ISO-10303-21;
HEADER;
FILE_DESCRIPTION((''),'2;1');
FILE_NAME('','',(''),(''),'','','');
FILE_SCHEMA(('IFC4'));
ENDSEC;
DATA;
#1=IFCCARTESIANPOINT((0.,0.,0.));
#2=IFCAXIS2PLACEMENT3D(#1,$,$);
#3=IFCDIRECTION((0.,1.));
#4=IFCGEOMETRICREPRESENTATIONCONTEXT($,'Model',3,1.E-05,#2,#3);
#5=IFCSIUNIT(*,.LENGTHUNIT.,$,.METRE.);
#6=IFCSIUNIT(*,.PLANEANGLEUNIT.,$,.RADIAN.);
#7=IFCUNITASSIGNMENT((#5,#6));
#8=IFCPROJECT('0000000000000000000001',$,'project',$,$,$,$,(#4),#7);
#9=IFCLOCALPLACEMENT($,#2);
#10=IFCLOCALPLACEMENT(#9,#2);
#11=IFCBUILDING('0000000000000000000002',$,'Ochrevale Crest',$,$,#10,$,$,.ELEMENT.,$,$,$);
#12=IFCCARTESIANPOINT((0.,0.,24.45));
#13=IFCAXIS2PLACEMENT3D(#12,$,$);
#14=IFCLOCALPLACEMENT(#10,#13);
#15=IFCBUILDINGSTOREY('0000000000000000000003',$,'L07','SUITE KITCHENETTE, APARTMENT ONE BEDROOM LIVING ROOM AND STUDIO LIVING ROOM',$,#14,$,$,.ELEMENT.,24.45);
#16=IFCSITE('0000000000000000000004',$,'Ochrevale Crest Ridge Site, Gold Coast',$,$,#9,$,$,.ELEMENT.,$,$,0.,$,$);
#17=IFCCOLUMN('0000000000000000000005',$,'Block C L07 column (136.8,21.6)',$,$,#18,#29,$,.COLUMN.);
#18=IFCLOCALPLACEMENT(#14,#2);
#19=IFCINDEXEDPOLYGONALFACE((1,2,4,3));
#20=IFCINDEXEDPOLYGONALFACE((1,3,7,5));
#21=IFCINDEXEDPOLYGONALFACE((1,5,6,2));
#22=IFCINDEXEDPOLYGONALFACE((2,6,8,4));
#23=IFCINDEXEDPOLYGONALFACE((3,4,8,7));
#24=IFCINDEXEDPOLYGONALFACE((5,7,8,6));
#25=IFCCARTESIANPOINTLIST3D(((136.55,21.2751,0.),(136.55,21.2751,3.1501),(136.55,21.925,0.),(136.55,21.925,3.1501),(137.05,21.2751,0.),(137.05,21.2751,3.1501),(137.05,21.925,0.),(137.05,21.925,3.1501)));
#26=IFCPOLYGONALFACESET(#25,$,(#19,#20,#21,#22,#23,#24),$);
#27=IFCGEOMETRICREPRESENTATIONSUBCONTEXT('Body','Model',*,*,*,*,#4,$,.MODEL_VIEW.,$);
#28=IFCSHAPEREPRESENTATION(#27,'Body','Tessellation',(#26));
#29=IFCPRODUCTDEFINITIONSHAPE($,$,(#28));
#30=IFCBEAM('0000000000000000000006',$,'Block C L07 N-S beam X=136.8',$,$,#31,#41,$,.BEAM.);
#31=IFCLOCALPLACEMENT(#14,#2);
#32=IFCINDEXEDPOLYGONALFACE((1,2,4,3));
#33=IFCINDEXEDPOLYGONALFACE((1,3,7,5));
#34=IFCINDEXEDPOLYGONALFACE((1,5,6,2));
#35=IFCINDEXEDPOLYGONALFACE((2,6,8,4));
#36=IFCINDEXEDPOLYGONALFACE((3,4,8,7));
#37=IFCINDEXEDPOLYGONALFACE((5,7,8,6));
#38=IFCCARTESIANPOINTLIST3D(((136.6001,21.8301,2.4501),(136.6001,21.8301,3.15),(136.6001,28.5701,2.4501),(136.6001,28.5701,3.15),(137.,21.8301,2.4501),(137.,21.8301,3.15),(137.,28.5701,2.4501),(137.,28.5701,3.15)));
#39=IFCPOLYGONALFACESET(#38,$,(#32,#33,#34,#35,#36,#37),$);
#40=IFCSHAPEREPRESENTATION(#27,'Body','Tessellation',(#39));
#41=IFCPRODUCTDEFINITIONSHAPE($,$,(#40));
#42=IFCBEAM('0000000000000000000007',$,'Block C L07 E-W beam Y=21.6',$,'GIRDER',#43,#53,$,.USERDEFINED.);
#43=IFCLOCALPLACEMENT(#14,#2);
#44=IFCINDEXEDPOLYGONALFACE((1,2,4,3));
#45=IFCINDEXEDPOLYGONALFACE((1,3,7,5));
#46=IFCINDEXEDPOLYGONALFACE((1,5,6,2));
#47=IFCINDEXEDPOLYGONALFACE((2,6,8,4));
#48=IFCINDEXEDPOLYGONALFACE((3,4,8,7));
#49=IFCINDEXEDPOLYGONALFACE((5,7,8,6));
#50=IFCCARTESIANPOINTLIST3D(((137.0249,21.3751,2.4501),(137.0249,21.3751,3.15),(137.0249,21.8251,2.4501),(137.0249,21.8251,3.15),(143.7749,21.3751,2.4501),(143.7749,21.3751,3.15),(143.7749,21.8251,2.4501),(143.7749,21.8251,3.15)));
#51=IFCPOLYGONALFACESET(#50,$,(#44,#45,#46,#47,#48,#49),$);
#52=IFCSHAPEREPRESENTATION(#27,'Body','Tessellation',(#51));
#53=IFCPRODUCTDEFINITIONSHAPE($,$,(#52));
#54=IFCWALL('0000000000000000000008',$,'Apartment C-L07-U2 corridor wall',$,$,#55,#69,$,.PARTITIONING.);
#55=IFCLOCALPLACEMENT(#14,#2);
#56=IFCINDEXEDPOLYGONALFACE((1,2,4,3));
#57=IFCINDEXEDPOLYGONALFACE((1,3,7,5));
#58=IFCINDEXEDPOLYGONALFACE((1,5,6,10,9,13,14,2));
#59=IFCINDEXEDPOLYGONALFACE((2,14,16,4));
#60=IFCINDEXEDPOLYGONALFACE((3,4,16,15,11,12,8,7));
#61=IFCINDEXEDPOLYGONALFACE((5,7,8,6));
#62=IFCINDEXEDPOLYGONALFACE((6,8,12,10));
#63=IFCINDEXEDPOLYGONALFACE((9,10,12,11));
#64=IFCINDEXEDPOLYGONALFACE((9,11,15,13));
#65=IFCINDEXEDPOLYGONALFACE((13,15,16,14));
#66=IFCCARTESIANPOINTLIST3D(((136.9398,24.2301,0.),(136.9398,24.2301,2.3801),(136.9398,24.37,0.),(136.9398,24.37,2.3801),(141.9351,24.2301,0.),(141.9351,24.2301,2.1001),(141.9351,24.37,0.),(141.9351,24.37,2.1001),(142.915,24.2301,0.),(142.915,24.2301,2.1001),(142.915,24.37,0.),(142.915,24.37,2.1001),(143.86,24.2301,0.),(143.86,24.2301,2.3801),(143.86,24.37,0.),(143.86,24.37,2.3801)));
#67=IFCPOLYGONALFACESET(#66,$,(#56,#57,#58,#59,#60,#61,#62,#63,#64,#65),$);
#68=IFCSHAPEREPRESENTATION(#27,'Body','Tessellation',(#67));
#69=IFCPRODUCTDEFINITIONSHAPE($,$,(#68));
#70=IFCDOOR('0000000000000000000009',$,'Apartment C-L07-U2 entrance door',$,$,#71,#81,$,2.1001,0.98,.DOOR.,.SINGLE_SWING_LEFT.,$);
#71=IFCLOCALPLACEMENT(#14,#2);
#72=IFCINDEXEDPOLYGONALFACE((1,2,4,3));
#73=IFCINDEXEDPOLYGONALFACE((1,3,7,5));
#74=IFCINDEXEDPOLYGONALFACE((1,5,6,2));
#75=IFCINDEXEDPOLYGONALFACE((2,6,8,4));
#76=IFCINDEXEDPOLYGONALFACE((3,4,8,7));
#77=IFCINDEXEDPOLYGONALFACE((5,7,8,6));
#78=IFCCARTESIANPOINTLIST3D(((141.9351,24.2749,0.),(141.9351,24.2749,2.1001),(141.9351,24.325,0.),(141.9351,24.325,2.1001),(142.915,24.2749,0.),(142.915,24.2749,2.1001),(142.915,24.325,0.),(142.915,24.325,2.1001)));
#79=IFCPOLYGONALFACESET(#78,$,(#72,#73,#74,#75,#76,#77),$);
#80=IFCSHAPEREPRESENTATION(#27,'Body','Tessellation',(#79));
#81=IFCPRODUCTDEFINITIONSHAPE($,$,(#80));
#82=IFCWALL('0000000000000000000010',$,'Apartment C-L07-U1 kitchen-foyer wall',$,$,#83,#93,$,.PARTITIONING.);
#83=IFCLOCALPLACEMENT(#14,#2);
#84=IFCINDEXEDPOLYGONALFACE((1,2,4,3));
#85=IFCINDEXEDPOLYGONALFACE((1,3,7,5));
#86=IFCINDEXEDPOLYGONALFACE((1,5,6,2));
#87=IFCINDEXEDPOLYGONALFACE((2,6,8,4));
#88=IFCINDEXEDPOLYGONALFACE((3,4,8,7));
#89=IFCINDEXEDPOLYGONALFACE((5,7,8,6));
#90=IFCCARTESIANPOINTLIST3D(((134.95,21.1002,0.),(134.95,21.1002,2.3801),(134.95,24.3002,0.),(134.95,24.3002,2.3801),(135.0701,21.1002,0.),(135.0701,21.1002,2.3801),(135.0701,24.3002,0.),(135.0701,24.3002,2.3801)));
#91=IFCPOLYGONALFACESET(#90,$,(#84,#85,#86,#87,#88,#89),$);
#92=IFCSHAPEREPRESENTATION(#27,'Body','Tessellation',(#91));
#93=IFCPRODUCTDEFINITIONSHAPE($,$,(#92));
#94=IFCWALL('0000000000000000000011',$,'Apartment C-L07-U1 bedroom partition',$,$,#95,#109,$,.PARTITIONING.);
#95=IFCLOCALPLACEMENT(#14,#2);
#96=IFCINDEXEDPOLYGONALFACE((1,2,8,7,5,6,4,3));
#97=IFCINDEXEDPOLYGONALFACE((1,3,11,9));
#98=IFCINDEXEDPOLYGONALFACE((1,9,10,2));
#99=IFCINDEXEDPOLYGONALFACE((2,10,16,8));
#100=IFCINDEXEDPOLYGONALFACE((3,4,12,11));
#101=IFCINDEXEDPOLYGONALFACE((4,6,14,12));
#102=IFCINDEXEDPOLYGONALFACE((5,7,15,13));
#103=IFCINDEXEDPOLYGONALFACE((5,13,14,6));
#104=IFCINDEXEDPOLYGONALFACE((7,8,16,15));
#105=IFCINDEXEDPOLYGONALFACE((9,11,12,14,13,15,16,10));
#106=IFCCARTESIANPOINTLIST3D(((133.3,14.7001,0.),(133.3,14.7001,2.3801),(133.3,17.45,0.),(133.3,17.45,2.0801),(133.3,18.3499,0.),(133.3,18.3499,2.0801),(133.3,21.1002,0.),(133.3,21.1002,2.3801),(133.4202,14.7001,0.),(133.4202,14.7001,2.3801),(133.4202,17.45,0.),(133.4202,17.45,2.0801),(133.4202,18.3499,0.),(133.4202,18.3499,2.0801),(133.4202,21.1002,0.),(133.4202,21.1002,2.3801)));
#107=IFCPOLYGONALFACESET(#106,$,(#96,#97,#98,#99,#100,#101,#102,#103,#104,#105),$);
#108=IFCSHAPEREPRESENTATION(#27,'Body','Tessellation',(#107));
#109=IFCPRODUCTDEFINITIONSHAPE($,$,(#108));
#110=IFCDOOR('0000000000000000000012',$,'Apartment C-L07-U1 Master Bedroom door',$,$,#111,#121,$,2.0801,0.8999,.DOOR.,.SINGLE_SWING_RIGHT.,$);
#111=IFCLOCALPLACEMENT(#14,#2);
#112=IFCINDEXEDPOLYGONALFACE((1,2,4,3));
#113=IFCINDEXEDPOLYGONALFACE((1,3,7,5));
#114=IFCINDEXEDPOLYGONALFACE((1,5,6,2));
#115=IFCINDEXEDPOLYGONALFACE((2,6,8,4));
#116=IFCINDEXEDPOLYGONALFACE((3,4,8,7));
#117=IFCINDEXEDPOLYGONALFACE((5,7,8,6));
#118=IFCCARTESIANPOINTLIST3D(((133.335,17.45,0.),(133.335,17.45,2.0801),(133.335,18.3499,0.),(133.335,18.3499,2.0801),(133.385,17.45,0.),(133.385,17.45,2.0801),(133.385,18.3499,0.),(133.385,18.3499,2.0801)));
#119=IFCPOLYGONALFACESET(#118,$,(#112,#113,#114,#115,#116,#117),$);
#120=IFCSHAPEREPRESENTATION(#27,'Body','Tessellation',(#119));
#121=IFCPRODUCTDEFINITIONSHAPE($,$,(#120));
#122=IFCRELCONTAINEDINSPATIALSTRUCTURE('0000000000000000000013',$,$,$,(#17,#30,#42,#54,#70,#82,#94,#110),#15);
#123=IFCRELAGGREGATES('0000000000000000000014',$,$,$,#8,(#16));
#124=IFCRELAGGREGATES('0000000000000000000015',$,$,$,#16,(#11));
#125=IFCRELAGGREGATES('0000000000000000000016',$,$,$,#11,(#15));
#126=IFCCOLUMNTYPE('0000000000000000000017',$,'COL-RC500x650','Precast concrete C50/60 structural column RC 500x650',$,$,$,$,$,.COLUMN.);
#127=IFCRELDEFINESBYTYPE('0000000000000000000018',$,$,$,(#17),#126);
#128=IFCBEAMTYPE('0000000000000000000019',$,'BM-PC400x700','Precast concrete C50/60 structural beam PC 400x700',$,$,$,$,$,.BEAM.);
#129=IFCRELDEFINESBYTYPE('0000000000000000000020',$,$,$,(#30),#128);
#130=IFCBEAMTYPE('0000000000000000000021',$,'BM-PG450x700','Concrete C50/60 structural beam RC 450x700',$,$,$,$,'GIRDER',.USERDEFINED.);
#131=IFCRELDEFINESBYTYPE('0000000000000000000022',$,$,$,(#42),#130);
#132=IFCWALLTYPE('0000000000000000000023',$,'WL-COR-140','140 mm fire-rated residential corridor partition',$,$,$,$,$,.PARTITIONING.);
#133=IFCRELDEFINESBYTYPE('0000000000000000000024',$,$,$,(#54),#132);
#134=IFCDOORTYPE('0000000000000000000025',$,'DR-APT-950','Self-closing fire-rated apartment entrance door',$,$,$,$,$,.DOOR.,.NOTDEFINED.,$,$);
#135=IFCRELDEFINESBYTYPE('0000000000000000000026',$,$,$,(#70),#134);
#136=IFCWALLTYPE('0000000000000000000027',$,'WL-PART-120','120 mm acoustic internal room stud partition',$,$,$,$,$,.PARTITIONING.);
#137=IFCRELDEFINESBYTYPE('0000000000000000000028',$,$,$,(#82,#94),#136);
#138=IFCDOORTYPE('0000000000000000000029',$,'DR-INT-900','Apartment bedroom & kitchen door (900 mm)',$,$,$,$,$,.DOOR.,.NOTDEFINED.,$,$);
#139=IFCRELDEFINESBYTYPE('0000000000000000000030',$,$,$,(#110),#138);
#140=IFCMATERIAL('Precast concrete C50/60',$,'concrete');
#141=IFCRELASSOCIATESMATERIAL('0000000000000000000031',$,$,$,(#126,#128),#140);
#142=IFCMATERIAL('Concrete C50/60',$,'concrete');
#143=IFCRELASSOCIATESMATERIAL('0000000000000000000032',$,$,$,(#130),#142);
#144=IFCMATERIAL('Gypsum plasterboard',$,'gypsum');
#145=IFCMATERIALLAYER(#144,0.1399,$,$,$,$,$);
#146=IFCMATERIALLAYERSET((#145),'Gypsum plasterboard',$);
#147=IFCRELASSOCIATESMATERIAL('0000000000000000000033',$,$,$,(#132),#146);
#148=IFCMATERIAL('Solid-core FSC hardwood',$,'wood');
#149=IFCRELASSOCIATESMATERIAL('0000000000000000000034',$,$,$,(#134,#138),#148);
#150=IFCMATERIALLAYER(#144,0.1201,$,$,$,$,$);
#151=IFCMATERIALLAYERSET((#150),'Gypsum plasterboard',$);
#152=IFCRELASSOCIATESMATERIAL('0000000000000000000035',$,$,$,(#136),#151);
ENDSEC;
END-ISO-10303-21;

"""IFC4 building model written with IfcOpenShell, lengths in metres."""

from ifc_helpers import new_model, si_unit, direction, frame, frame_2d, origin, origin_2d, place, context, subcontext, project, spatial, rectangle, extrude, material, layer, layer_set, material_profile, profile_set, type_object, element, fill, save


model = new_model("IFC4")

# Units and contexts
model_context = context("Model", 3, precision=1e-05, world=origin(), true_north=direction((0.0, 1.0)))
body_context = subcontext(model_context, "Body", "Model", "MODEL_VIEW")
ifc_project = project(units=[si_unit("LENGTHUNIT", "METRE"), si_unit("PLANEANGLEUNIT", "RADIAN")], contexts=[model_context])

# Site, building, storey
site_placement = place(None, origin())
site = spatial("IfcSite", under=ifc_project, at=site_placement, Name="Ochrevale Crest Ridge Site, Gold Coast", CompositionType="ELEMENT", RefElevation=0.0)
building_placement = place(site_placement, origin())
building = spatial("IfcBuilding", under=site, at=building_placement, Name="Ochrevale Crest", CompositionType="ELEMENT")
storey_placement = place(building_placement, frame((0.0, 0.0, 24.45)))
storey = spatial("IfcBuildingStorey", under=building, at=storey_placement, Name="L07", Description="SUITE KITCHENETTE, APARTMENT ONE BEDROOM LIVING ROOM AND STUDIO LIVING ROOM", CompositionType="ELEMENT", Elevation=24.45)

# Column
ifc_material_1 = material(Name="Precast concrete C50/60", Category="concrete")
ifc_material_profile_1 = material_profile(ifc_material_1, rectangle(XDim=0.5, YDim=0.6499, at=origin_2d()), Name="RC 500x650")
ifc_profile_set_1 = profile_set([ifc_material_profile_1], Name="Precast concrete C50/60")
column_type = type_object("IfcColumnType", Name="COL-RC500x650", Description="Precast concrete C50/60 structural column RC 500x650", PredefinedType="COLUMN", material=ifc_profile_set_1)
column_placement = place(storey_placement, frame((136.8, 21.6001, 0.0), z_axis=(0.0, 0.0, 1.0), x_axis=(1.0, 0.0, 0.0)))
element("IfcColumn", 1, at=column_placement, inside=storey, type_object=column_type, Name="Block C L07 column (136.8,21.6)", PredefinedType="COLUMN", context=body_context, shape_type="SweptSolid", body=[
    extrude(rectangle(XDim=0.5, YDim=0.6499, at=origin_2d()), origin(), (0.0, 0.0, 1.0), 3.1501),
])

# Beams
ifc_material_profile_2 = material_profile(ifc_material_1, rectangle(XDim=0.3999, YDim=0.7, at=origin_2d()), Name="PC 400x700")
ifc_profile_set_2 = profile_set([ifc_material_profile_2], Name="Precast concrete C50/60")
beam_type_1 = type_object("IfcBeamType", Name="BM-PC400x700", Description="Precast concrete C50/60 structural beam PC 400x700", PredefinedType="BEAM", material=ifc_profile_set_2)
beam_1_placement = place(storey_placement, frame((136.8, 21.8301, 2.8), z_axis=(0.0, 1.0, 0.0), x_axis=(-1.0, 0.0, 0.0)))
element("IfcBeam", 2, at=beam_1_placement, inside=storey, type_object=beam_type_1, Name="Block C L07 N-S beam X=136.8", PredefinedType="BEAM", context=body_context, shape_type="SweptSolid", body=[
    extrude(rectangle(XDim=0.3999, YDim=0.7, at=origin_2d()), origin(), (0.0, 0.0, 1.0), 6.74),
])
ifc_material_2 = material(Name="Concrete C50/60", Category="concrete")
ifc_material_profile_3 = material_profile(ifc_material_2, rectangle(XDim=0.45, YDim=0.7, at=origin_2d()), Name="RC 450x700")
ifc_profile_set_3 = profile_set([ifc_material_profile_3], Name="Concrete C50/60")
beam_type_2 = type_object("IfcBeamType", Name="BM-PG450x700", Description="Concrete C50/60 structural beam RC 450x700", ElementType="GIRDER", PredefinedType="USERDEFINED", material=ifc_profile_set_3)
beam_2_placement = place(storey_placement, frame((137.0249, 21.6001, 2.8), z_axis=(1.0, 0.0, 0.0), x_axis=(0.0, 1.0, 0.0)))
element("IfcBeam", 3, at=beam_2_placement, inside=storey, type_object=beam_type_2, Name="Block C L07 E-W beam Y=21.6", ObjectType="GIRDER", PredefinedType="USERDEFINED", context=body_context, shape_type="SweptSolid", body=[
    extrude(rectangle(XDim=0.45, YDim=0.7, at=origin_2d()), origin(), (0.0, 0.0, 1.0), 6.75),
])

# Wall, opening, door
ifc_material_3 = material(Name="Gypsum plasterboard", Category="gypsum")
ifc_layer_1 = layer(ifc_material_3, 0.1399)
ifc_layer_set_1 = layer_set([ifc_layer_1], Name="Gypsum plasterboard")
wall_type_1 = type_object("IfcWallType", Name="WL-COR-140", Description="140 mm fire-rated residential corridor partition", PredefinedType="PARTITIONING", material=ifc_layer_set_1)
wall_1_placement = place(storey_placement, frame((136.9399, 24.3, 0.0), z_axis=(0.0, 0.0, 1.0), x_axis=(1.0, 0.0, 0.0)))
wall_1 = element("IfcWall", 4, at=wall_1_placement, inside=storey, type_object=wall_type_1, Name="Apartment C-L07-U2 corridor wall", PredefinedType="PARTITIONING", context=body_context, shape_type="SweptSolid", body=[
    extrude(rectangle(XDim=6.9202, YDim=0.1399, at=frame_2d((3.46, 0.0))), origin(), (0.0, 0.0, 1.0), 2.3801),
])
opening_1_placement = place(wall_1_placement, frame((4.9951, 0.0, 0.0)))
opening_1 = element("IfcOpeningElement", 5, at=opening_1_placement, cuts=wall_1, PredefinedType="OPENING", context=body_context, shape_type="SweptSolid", body=[
    extrude(rectangle(XDim=0.98, YDim=2.1001, at=frame_2d((0.49, 1.05))), frame((0.0, 0.0801, 0.0), z_axis=(0.0, -1.0, 0.0), x_axis=(1.0, 0.0, 0.0)), (0.0, 0.0, 1.0), 0.1599),
])
ifc_material_4 = material(Name="Solid-core FSC hardwood", Category="wood")
door_type_1 = type_object("IfcDoorType", Name="DR-APT-950", Description="Self-closing fire-rated apartment entrance door", OperationType="NOTDEFINED", PredefinedType="DOOR", material=ifc_material_4)
door_1_placement = place(opening_1_placement, origin())
door_1 = element("IfcDoor", 6, at=door_1_placement, inside=storey, type_object=door_type_1, Name="Apartment C-L07-U2 entrance door", OperationType="SINGLE_SWING_LEFT", OverallHeight=2.1001, OverallWidth=0.98, PredefinedType="DOOR", context=body_context, shape_type="SweptSolid", body=[
    extrude(rectangle(XDim=0.98, YDim=2.1001, at=frame_2d((0.49, 1.05))), frame((0.0, 0.0249, 0.0), z_axis=(0.0, -1.0, 0.0), x_axis=(1.0, 0.0, 0.0)), (0.0, 0.0, 1.0), 0.05),
])
fill(opening_1, door_1)

# Wall
ifc_layer_2 = layer(ifc_material_3, 0.1201)
ifc_layer_set_2 = layer_set([ifc_layer_2], Name="Gypsum plasterboard")
wall_type_2 = type_object("IfcWallType", Name="WL-PART-120", Description="120 mm acoustic internal room stud partition", PredefinedType="PARTITIONING", material=ifc_layer_set_2)
wall_2_placement = place(storey_placement, frame((135.01, 21.1001, 0.0), z_axis=(0.0, 0.0, 1.0), x_axis=(0.0, 1.0, 0.0)))
element("IfcWall", 7, at=wall_2_placement, inside=storey, type_object=wall_type_2, Name="Apartment C-L07-U1 kitchen-foyer wall", PredefinedType="PARTITIONING", context=body_context, shape_type="SweptSolid", body=[
    extrude(rectangle(XDim=3.2, YDim=0.1201, at=frame_2d((1.6001, 0.0))), origin(), (0.0, 0.0, 1.0), 2.3801),
])

# Wall, opening, door
wall_3_placement = place(storey_placement, frame((133.3601, 14.7, 0.0), z_axis=(0.0, 0.0, 1.0), x_axis=(0.0, 1.0, 0.0)))
wall_3 = element("IfcWall", 8, at=wall_3_placement, inside=storey, type_object=wall_type_2, Name="Apartment C-L07-U1 bedroom partition", PredefinedType="PARTITIONING", context=body_context, shape_type="SweptSolid", body=[
    extrude(rectangle(XDim=6.4001, YDim=0.1201, at=frame_2d((3.2002, 0.0))), origin(), (0.0, 0.0, 1.0), 2.3801),
])
opening_2_placement = place(wall_3_placement, frame((3.6499, 0.0, 0.0), z_axis=(0.0, 0.0, 1.0), x_axis=(-1.0, 0.0, 0.0)))
opening_2 = element("IfcOpeningElement", 9, at=opening_2_placement, cuts=wall_3, PredefinedType="OPENING", context=body_context, shape_type="SweptSolid", body=[
    extrude(rectangle(XDim=0.8999, YDim=2.0801, at=frame_2d((0.45, 1.04))), frame((0.0, 0.0701, 0.0), z_axis=(0.0, -1.0, 0.0), x_axis=(1.0, 0.0, 0.0)), (0.0, 0.0, 1.0), 0.1401),
])
door_type_2 = type_object("IfcDoorType", Name="DR-INT-900", Description="Apartment bedroom & kitchen door (900 mm)", OperationType="NOTDEFINED", PredefinedType="DOOR", material=ifc_material_4)
door_2_placement = place(opening_2_placement, origin())
door_2 = element("IfcDoor", 10, at=door_2_placement, inside=storey, type_object=door_type_2, Name="Apartment C-L07-U1 Master Bedroom door", OperationType="SINGLE_SWING_RIGHT", OverallHeight=2.0801, OverallWidth=0.8999, PredefinedType="DOOR", context=body_context, shape_type="SweptSolid", body=[
    extrude(rectangle(XDim=0.8999, YDim=2.0801, at=frame_2d((0.45, 1.04))), frame((0.0, 0.0249, 0.0), z_axis=(0.0, -1.0, 0.0), x_axis=(1.0, 0.0, 0.0)), (0.0, 0.0, 1.0), 0.05),
])
fill(opening_2, door_2)

save(model, "model.ifc")
